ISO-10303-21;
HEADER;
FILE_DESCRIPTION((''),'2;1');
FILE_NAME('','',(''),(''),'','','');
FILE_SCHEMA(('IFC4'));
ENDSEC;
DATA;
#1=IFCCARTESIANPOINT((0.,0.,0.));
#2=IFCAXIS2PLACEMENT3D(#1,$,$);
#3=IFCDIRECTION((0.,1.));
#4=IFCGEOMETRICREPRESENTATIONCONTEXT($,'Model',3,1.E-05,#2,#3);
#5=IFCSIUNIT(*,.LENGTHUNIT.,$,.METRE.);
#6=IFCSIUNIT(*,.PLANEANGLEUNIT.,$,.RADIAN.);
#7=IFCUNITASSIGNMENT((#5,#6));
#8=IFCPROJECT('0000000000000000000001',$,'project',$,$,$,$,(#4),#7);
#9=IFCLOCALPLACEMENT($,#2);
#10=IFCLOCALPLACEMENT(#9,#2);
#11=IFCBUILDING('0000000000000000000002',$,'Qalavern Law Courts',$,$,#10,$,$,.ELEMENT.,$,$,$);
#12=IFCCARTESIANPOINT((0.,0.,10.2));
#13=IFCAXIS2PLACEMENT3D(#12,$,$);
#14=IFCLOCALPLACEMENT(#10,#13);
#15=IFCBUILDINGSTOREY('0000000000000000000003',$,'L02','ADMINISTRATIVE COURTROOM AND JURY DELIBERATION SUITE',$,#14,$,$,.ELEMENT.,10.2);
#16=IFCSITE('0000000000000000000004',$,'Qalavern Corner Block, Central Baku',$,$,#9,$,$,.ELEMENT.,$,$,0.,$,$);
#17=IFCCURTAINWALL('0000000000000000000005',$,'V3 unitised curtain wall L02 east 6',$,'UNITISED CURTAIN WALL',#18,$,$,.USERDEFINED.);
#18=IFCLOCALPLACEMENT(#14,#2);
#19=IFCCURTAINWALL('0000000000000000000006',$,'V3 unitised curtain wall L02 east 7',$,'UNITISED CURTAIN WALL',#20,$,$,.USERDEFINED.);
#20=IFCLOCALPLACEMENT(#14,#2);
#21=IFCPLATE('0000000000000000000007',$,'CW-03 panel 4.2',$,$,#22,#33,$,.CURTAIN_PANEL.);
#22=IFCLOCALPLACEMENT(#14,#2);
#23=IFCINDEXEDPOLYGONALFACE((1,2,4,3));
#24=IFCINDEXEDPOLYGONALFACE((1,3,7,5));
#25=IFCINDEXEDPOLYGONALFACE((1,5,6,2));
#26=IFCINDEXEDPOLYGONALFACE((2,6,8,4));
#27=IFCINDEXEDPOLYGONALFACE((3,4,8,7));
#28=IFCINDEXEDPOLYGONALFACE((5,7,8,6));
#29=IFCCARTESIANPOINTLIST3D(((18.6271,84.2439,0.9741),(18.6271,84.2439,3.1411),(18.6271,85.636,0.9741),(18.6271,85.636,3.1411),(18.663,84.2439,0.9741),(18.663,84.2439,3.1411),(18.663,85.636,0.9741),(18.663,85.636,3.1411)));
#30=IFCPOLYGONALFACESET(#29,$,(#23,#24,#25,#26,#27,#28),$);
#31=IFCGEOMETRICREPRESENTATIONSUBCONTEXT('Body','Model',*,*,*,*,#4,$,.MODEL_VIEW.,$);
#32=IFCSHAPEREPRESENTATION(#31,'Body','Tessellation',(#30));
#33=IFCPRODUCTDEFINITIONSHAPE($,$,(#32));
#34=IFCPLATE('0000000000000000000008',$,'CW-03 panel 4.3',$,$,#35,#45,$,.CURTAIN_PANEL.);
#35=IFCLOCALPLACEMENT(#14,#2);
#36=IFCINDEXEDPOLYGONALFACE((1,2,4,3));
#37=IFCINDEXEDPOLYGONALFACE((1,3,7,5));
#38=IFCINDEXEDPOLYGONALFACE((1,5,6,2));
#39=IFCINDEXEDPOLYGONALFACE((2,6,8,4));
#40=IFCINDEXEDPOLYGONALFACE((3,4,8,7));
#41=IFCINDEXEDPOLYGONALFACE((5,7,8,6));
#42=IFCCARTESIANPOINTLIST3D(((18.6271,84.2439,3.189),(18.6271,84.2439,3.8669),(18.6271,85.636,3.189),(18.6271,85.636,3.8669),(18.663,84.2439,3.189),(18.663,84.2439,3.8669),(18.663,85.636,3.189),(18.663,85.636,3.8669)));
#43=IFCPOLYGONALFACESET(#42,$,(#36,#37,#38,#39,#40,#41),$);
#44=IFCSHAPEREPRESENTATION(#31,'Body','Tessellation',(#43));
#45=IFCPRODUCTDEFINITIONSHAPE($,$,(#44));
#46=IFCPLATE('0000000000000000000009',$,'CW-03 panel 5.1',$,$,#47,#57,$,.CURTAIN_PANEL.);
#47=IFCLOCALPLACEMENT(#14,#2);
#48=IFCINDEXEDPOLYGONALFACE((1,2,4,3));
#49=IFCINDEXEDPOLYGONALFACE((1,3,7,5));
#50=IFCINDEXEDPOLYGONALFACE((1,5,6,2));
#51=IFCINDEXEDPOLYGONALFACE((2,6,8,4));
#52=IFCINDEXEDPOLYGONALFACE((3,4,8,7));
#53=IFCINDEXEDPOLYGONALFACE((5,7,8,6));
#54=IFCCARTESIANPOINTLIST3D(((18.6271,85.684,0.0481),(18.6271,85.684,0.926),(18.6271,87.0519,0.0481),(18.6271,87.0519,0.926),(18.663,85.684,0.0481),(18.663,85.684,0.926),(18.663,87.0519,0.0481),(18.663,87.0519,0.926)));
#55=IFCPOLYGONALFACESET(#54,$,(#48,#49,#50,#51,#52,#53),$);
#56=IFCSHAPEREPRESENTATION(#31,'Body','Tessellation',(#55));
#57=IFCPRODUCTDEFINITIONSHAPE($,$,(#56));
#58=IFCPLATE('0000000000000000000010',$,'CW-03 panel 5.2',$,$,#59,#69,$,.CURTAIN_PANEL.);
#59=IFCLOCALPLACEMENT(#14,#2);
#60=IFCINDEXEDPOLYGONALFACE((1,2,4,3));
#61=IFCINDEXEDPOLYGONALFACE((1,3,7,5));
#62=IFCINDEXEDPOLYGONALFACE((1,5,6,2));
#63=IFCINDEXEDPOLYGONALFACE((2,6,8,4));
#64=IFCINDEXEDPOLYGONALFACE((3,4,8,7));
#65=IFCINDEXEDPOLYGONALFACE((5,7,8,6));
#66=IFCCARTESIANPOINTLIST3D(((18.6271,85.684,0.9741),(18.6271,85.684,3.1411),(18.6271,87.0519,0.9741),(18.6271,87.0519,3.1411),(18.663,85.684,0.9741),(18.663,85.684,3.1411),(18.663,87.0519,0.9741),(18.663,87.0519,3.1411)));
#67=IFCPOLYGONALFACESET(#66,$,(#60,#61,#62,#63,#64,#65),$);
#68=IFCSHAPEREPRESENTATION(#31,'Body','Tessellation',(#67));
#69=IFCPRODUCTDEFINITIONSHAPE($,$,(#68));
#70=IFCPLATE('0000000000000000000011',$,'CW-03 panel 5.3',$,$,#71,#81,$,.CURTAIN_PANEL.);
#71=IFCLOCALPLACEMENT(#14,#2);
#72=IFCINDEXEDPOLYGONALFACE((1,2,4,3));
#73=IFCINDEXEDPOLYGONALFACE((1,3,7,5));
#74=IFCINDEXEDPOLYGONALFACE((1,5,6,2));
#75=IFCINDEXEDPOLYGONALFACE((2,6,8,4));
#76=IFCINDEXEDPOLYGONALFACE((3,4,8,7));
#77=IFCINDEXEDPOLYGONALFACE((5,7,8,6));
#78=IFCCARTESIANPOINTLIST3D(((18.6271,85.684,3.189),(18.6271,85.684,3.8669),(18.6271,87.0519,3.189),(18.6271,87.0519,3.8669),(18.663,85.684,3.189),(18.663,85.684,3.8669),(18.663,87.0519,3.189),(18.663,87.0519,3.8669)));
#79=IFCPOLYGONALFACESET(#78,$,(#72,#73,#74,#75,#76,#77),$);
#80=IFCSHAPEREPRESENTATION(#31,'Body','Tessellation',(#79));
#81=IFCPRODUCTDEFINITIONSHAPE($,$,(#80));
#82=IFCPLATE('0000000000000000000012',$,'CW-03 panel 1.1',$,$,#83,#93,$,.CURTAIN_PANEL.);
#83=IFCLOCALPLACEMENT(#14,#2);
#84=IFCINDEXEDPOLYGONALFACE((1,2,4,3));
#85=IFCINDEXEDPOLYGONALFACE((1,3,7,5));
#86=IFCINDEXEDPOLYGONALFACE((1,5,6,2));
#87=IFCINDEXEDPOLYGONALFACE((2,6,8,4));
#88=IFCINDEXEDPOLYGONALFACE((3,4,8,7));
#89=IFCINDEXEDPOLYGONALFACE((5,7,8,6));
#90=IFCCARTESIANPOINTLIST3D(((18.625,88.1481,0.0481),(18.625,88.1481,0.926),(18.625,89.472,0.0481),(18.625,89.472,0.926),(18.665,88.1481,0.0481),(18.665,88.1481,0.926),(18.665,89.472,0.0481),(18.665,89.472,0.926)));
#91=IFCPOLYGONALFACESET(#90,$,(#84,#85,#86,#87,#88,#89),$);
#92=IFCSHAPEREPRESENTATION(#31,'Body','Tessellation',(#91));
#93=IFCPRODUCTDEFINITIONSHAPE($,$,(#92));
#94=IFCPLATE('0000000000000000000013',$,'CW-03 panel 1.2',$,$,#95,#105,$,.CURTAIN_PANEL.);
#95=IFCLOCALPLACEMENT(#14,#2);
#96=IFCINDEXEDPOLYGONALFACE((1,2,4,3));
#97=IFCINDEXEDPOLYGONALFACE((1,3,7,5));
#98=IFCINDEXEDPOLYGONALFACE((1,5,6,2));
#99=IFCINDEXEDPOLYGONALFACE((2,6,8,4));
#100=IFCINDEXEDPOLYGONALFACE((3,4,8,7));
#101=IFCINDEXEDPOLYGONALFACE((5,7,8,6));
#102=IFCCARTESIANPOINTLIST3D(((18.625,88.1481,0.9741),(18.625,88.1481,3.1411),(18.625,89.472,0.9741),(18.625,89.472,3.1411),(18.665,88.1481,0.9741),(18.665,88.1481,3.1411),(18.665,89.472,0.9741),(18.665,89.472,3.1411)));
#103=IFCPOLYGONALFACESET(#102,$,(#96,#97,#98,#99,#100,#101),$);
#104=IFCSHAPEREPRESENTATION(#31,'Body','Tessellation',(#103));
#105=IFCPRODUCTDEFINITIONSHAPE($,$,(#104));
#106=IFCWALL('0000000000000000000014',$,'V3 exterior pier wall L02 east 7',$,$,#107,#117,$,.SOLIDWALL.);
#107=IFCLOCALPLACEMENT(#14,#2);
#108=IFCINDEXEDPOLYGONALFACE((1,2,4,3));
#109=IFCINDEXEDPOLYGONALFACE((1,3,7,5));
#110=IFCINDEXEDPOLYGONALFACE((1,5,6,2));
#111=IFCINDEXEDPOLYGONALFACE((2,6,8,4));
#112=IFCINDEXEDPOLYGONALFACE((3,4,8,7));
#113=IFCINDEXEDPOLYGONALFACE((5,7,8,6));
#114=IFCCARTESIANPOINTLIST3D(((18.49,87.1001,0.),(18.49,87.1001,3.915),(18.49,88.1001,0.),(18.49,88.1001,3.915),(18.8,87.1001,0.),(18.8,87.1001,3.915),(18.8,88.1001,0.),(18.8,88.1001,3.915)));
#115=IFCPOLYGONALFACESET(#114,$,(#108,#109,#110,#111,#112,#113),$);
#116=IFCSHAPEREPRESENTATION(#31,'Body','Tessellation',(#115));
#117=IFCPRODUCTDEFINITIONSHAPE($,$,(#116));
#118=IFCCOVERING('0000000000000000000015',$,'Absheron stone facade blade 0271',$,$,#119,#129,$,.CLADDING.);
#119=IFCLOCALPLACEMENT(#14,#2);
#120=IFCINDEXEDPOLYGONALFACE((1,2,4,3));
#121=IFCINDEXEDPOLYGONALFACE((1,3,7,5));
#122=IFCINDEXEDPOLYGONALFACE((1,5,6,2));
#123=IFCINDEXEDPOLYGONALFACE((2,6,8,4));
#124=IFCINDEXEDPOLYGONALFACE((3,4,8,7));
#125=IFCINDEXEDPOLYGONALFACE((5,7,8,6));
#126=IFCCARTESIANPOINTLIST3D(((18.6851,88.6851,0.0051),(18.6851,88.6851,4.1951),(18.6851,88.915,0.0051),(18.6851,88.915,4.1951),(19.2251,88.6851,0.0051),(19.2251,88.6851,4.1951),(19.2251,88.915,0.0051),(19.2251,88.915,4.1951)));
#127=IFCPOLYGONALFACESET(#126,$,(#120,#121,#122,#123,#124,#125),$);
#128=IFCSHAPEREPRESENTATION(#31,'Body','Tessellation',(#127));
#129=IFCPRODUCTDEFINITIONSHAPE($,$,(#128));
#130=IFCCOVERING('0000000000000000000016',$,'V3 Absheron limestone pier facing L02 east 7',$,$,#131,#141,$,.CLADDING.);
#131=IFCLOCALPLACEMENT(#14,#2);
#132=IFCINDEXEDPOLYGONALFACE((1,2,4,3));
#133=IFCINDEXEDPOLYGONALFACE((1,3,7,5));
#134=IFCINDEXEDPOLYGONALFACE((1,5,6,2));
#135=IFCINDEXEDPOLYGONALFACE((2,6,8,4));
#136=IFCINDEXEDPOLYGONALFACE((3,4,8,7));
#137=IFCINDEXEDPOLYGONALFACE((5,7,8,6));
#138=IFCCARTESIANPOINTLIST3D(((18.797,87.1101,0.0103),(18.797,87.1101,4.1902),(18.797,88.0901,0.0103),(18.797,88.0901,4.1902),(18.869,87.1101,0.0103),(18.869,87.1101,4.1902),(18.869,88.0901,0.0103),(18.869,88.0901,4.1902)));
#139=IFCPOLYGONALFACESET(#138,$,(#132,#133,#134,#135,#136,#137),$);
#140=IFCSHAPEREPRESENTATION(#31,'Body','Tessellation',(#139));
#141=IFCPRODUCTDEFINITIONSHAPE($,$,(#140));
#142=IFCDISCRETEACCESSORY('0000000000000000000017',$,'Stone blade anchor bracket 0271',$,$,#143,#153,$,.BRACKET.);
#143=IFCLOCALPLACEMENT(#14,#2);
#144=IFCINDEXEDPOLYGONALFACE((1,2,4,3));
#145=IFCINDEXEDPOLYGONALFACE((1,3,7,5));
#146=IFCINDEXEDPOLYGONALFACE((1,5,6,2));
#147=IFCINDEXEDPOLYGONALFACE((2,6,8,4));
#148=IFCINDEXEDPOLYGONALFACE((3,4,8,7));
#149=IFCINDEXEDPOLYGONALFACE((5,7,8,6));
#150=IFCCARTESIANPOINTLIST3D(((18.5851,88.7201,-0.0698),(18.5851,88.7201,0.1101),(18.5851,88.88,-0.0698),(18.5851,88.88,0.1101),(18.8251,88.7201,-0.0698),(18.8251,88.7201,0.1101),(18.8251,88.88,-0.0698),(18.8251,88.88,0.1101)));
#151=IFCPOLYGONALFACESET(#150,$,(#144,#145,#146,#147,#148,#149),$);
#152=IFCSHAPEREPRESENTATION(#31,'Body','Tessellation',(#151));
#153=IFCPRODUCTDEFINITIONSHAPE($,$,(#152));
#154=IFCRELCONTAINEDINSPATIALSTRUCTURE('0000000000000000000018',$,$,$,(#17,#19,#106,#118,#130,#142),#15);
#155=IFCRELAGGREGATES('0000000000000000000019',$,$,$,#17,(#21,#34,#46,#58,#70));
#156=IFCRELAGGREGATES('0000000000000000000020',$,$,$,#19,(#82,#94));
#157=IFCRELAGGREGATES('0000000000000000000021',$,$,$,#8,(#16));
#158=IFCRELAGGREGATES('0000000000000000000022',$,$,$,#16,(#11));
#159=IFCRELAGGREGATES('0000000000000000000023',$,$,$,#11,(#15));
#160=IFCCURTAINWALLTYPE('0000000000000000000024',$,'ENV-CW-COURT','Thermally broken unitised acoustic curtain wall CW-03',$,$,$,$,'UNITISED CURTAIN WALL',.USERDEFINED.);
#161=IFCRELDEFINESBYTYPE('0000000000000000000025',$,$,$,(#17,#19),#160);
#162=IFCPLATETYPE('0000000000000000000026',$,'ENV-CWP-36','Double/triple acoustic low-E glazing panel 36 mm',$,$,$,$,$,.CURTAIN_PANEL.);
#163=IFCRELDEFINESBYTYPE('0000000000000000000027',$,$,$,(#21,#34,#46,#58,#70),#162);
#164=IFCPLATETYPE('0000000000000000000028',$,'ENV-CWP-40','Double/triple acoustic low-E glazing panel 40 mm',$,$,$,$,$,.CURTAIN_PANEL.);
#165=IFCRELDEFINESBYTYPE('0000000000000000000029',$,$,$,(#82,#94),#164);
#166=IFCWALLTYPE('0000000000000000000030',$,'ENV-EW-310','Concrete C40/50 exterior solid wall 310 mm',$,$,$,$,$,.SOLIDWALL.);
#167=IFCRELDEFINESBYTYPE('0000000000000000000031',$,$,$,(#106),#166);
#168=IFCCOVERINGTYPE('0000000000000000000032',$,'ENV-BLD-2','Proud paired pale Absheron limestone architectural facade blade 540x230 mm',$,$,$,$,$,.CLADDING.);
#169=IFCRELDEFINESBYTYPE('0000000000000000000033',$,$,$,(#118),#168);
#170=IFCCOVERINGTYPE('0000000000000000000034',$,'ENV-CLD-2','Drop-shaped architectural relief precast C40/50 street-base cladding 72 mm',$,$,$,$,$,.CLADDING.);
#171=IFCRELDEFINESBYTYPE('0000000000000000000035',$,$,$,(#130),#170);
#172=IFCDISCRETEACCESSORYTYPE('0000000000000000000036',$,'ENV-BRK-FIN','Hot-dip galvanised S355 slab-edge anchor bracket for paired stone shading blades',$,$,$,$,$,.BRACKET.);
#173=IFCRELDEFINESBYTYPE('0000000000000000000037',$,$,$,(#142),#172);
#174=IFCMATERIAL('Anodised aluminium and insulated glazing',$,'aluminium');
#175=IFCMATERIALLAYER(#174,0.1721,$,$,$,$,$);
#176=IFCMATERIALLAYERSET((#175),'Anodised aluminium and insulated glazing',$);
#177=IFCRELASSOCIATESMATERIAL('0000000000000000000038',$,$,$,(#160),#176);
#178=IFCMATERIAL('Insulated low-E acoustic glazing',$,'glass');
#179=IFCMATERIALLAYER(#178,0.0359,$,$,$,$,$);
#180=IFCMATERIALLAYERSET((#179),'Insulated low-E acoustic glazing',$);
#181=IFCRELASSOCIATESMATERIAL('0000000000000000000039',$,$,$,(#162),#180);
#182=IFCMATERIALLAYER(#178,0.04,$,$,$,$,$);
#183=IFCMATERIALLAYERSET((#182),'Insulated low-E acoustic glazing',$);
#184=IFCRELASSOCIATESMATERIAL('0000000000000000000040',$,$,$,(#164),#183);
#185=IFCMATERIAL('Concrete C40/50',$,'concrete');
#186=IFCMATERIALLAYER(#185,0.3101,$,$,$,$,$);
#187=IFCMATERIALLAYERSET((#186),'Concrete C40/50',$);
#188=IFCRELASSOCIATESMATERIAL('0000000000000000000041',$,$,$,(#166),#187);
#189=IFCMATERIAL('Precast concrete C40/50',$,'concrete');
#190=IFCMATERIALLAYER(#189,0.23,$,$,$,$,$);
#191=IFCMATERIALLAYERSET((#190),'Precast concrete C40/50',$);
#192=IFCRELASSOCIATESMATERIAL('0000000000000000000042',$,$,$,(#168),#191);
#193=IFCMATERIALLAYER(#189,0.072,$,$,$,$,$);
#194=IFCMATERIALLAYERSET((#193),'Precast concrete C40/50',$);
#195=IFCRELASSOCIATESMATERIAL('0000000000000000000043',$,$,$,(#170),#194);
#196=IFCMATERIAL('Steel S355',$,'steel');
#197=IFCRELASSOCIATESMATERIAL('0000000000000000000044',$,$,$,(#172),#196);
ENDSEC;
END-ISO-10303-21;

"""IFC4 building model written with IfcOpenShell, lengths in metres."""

from ifc_helpers import new_model, si_unit, direction, frame, frame_2d, origin, origin_2d, place, context, subcontext, project, spatial, rectangle, extrude, material, layer, layer_set, type_object, element, aggregate, save


model = new_model("IFC4")

# Units and contexts
model_context = context("Model", 3, precision=1e-05, world=origin(), true_north=direction((0.0, 1.0)))
body_context = subcontext(model_context, "Body", "Model", "MODEL_VIEW")
ifc_project = project(units=[si_unit("LENGTHUNIT", "METRE"), si_unit("PLANEANGLEUNIT", "RADIAN")], contexts=[model_context])

# Site, building, storey
site_placement = place(None, origin())
site = spatial("IfcSite", under=ifc_project, at=site_placement, Name="Qalavern Corner Block, Central Baku", CompositionType="ELEMENT", RefElevation=0.0)
building_placement = place(site_placement, origin())
building = spatial("IfcBuilding", under=site, at=building_placement, Name="Qalavern Law Courts", CompositionType="ELEMENT")
storey_placement = place(building_placement, frame((0.0, 0.0, 10.2)))
storey = spatial("IfcBuildingStorey", under=building, at=storey_placement, Name="L02", Description="ADMINISTRATIVE COURTROOM AND JURY DELIBERATION SUITE", CompositionType="ELEMENT", Elevation=10.2)

# Curtain wall
ifc_material_1 = material(Name="Anodised aluminium and insulated glazing", Category="aluminium")
ifc_layer_1 = layer(ifc_material_1, 0.1721)
ifc_layer_set_1 = layer_set([ifc_layer_1], Name="Anodised aluminium and insulated glazing")
curtain_wall_type = type_object("IfcCurtainWallType", Name="ENV-CW-COURT", Description="Thermally broken unitised acoustic curtain wall CW-03", ElementType="UNITISED CURTAIN WALL", PredefinedType="USERDEFINED", material=ifc_layer_set_1)
curtain_wall_1_placement = place(storey_placement, origin())
curtain_wall_1 = element("IfcCurtainWall", 1, at=curtain_wall_1_placement, inside=storey, type_object=curtain_wall_type, Name="V3 unitised curtain wall L02 east 6", ObjectType="UNITISED CURTAIN WALL", PredefinedType="USERDEFINED")

# Curtain wall
curtain_wall_2_placement = place(storey_placement, origin())
curtain_wall_2 = element("IfcCurtainWall", 2, at=curtain_wall_2_placement, inside=storey, type_object=curtain_wall_type, Name="V3 unitised curtain wall L02 east 7", ObjectType="UNITISED CURTAIN WALL", PredefinedType="USERDEFINED")

# Plates
ifc_material_2 = material(Name="Insulated low-E acoustic glazing", Category="glass")
ifc_layer_2 = layer(ifc_material_2, 0.0359)
ifc_layer_set_2 = layer_set([ifc_layer_2], Name="Insulated low-E acoustic glazing")
plate_type_1 = type_object("IfcPlateType", Name="ENV-CWP-36", Description="Double/triple acoustic low-E glazing panel 36 mm", PredefinedType="CURTAIN_PANEL", material=ifc_layer_set_2)
plate_1_placement = place(storey_placement, frame((18.645, 84.9399, 0.9741), z_axis=(0.0, 0.0, 1.0), x_axis=(0.0, 1.0, 0.0)))
plate_1 = element("IfcPlate", 3, at=plate_1_placement, type_object=plate_type_1, Name="CW-03 panel 4.2", PredefinedType="CURTAIN_PANEL", context=body_context, shape_type="SweptSolid", body=[
    extrude(rectangle(XDim=1.3921, YDim=0.0359, at=origin_2d()), origin(), (0.0, 0.0, 1.0), 2.167),
])
plate_2_placement = place(storey_placement, frame((18.645, 84.9399, 3.189), z_axis=(0.0, 0.0, 1.0), x_axis=(0.0, 1.0, 0.0)))
plate_2 = element("IfcPlate", 4, at=plate_2_placement, type_object=plate_type_1, Name="CW-03 panel 4.3", PredefinedType="CURTAIN_PANEL", context=body_context, shape_type="SweptSolid", body=[
    extrude(rectangle(XDim=1.3921, YDim=0.0359, at=origin_2d()), origin(), (0.0, 0.0, 1.0), 0.678),
])
plate_3_placement = place(storey_placement, frame((18.645, 86.3679, 0.0481), z_axis=(0.0, 0.0, 1.0), x_axis=(0.0, 1.0, 0.0)))
plate_3 = element("IfcPlate", 5, at=plate_3_placement, type_object=plate_type_1, Name="CW-03 panel 5.1", PredefinedType="CURTAIN_PANEL", context=body_context, shape_type="SweptSolid", body=[
    extrude(rectangle(XDim=1.3679, YDim=0.0359, at=origin_2d()), origin(), (0.0, 0.0, 1.0), 0.8779),
])
plate_4_placement = place(storey_placement, frame((18.645, 86.3679, 0.9741), z_axis=(0.0, 0.0, 1.0), x_axis=(0.0, 1.0, 0.0)))
plate_4 = element("IfcPlate", 6, at=plate_4_placement, type_object=plate_type_1, Name="CW-03 panel 5.2", PredefinedType="CURTAIN_PANEL", context=body_context, shape_type="SweptSolid", body=[
    extrude(rectangle(XDim=1.3679, YDim=0.0359, at=origin_2d()), origin(), (0.0, 0.0, 1.0), 2.167),
])
plate_5_placement = place(storey_placement, frame((18.645, 86.3679, 3.189), z_axis=(0.0, 0.0, 1.0), x_axis=(0.0, 1.0, 0.0)))
plate_5 = element("IfcPlate", 7, at=plate_5_placement, type_object=plate_type_1, Name="CW-03 panel 5.3", PredefinedType="CURTAIN_PANEL", context=body_context, shape_type="SweptSolid", body=[
    extrude(rectangle(XDim=1.3679, YDim=0.0359, at=origin_2d()), origin(), (0.0, 0.0, 1.0), 0.678),
])
aggregate(curtain_wall_1, [plate_1, plate_2, plate_3, plate_4, plate_5])
ifc_layer_3 = layer(ifc_material_2, 0.04)
ifc_layer_set_3 = layer_set([ifc_layer_3], Name="Insulated low-E acoustic glazing")
plate_type_2 = type_object("IfcPlateType", Name="ENV-CWP-40", Description="Double/triple acoustic low-E glazing panel 40 mm", PredefinedType="CURTAIN_PANEL", material=ifc_layer_set_3)
plate_6_placement = place(storey_placement, frame((18.645, 88.8101, 0.0481), z_axis=(0.0, 0.0, 1.0), x_axis=(0.0, 1.0, 0.0)))
plate_6 = element("IfcPlate", 8, at=plate_6_placement, type_object=plate_type_2, Name="CW-03 panel 1.1", PredefinedType="CURTAIN_PANEL", context=body_context, shape_type="SweptSolid", body=[
    extrude(rectangle(XDim=1.324, YDim=0.04, at=origin_2d()), origin(), (0.0, 0.0, 1.0), 0.8779),
])
plate_7_placement = place(storey_placement, frame((18.645, 88.8101, 0.9741), z_axis=(0.0, 0.0, 1.0), x_axis=(0.0, 1.0, 0.0)))
plate_7 = element("IfcPlate", 9, at=plate_7_placement, type_object=plate_type_2, Name="CW-03 panel 1.2", PredefinedType="CURTAIN_PANEL", context=body_context, shape_type="SweptSolid", body=[
    extrude(rectangle(XDim=1.324, YDim=0.04, at=origin_2d()), origin(), (0.0, 0.0, 1.0), 2.167),
])
aggregate(curtain_wall_2, [plate_6, plate_7])

# Wall
ifc_material_3 = material(Name="Concrete C40/50", Category="concrete")
ifc_layer_4 = layer(ifc_material_3, 0.3101)
ifc_layer_set_4 = layer_set([ifc_layer_4], Name="Concrete C40/50")
wall_type = type_object("IfcWallType", Name="ENV-EW-310", Description="Concrete C40/50 exterior solid wall 310 mm", PredefinedType="SOLIDWALL", material=ifc_layer_set_4)
wall_placement = place(storey_placement, frame((18.645, 87.1001, 0.0), z_axis=(0.0, 0.0, 1.0), x_axis=(0.0, 1.0, 0.0)))
element("IfcWall", 10, at=wall_placement, inside=storey, type_object=wall_type, Name="V3 exterior pier wall L02 east 7", PredefinedType="SOLIDWALL", context=body_context, shape_type="SweptSolid", body=[
    extrude(rectangle(XDim=1.0, YDim=0.3101, at=frame_2d((0.5, 0.0))), origin(), (0.0, 0.0, 1.0), 3.915),
])

# Coverings
ifc_material_4 = material(Name="Precast concrete C40/50", Category="concrete")
ifc_layer_5 = layer(ifc_material_4, 0.23)
ifc_layer_set_5 = layer_set([ifc_layer_5], Name="Precast concrete C40/50")
covering_type_1 = type_object("IfcCoveringType", Name="ENV-BLD-2", Description="Proud paired pale Absheron limestone architectural facade blade 540x230 mm", PredefinedType="CLADDING", material=ifc_layer_set_5)
covering_1_placement = place(storey_placement, frame((18.9551, 88.8, 0.0051), z_axis=(0.0, 0.0, 1.0), x_axis=(1.0, 0.0, 0.0)))
element("IfcCovering", 11, at=covering_1_placement, inside=storey, type_object=covering_type_1, Name="Absheron stone facade blade 0271", PredefinedType="CLADDING", context=body_context, shape_type="SweptSolid", body=[
    extrude(rectangle(XDim=0.54, YDim=0.23, at=origin_2d()), origin(), (0.0, 0.0, 1.0), 4.1899),
])
ifc_layer_6 = layer(ifc_material_4, 0.072)
ifc_layer_set_6 = layer_set([ifc_layer_6], Name="Precast concrete C40/50")
covering_type_2 = type_object("IfcCoveringType", Name="ENV-CLD-2", Description="Drop-shaped architectural relief precast C40/50 street-base cladding 72 mm", PredefinedType="CLADDING", material=ifc_layer_set_6)
covering_2_placement = place(storey_placement, frame((18.833, 87.6001, 0.0103), z_axis=(0.0, 0.0, 1.0), x_axis=(0.0, 1.0, 0.0)))
element("IfcCovering", 12, at=covering_2_placement, inside=storey, type_object=covering_type_2, Name="V3 Absheron limestone pier facing L02 east 7", PredefinedType="CLADDING", context=body_context, shape_type="SweptSolid", body=[
    extrude(rectangle(XDim=0.98, YDim=0.072, at=origin_2d()), origin(), (0.0, 0.0, 1.0), 4.1799),
])

# Discrete accessory
ifc_material_5 = material(Name="Steel S355", Category="steel")
discrete_accessory_type = type_object("IfcDiscreteAccessoryType", Name="ENV-BRK-FIN", Description="Hot-dip galvanised S355 slab-edge anchor bracket for paired stone shading blades", PredefinedType="BRACKET", material=ifc_material_5)
discrete_accessory_placement = place(storey_placement, frame((18.7051, 88.8, -0.0698), z_axis=(0.0, 0.0, 1.0), x_axis=(1.0, 0.0, 0.0)))
element("IfcDiscreteAccessory", 13, at=discrete_accessory_placement, inside=storey, type_object=discrete_accessory_type, Name="Stone blade anchor bracket 0271", PredefinedType="BRACKET", context=body_context, shape_type="SweptSolid", body=[
    extrude(rectangle(XDim=0.24, YDim=0.1599, at=origin_2d()), origin(), (0.0, 0.0, 1.0), 0.1799),
])

save(model, "model.ifc")
